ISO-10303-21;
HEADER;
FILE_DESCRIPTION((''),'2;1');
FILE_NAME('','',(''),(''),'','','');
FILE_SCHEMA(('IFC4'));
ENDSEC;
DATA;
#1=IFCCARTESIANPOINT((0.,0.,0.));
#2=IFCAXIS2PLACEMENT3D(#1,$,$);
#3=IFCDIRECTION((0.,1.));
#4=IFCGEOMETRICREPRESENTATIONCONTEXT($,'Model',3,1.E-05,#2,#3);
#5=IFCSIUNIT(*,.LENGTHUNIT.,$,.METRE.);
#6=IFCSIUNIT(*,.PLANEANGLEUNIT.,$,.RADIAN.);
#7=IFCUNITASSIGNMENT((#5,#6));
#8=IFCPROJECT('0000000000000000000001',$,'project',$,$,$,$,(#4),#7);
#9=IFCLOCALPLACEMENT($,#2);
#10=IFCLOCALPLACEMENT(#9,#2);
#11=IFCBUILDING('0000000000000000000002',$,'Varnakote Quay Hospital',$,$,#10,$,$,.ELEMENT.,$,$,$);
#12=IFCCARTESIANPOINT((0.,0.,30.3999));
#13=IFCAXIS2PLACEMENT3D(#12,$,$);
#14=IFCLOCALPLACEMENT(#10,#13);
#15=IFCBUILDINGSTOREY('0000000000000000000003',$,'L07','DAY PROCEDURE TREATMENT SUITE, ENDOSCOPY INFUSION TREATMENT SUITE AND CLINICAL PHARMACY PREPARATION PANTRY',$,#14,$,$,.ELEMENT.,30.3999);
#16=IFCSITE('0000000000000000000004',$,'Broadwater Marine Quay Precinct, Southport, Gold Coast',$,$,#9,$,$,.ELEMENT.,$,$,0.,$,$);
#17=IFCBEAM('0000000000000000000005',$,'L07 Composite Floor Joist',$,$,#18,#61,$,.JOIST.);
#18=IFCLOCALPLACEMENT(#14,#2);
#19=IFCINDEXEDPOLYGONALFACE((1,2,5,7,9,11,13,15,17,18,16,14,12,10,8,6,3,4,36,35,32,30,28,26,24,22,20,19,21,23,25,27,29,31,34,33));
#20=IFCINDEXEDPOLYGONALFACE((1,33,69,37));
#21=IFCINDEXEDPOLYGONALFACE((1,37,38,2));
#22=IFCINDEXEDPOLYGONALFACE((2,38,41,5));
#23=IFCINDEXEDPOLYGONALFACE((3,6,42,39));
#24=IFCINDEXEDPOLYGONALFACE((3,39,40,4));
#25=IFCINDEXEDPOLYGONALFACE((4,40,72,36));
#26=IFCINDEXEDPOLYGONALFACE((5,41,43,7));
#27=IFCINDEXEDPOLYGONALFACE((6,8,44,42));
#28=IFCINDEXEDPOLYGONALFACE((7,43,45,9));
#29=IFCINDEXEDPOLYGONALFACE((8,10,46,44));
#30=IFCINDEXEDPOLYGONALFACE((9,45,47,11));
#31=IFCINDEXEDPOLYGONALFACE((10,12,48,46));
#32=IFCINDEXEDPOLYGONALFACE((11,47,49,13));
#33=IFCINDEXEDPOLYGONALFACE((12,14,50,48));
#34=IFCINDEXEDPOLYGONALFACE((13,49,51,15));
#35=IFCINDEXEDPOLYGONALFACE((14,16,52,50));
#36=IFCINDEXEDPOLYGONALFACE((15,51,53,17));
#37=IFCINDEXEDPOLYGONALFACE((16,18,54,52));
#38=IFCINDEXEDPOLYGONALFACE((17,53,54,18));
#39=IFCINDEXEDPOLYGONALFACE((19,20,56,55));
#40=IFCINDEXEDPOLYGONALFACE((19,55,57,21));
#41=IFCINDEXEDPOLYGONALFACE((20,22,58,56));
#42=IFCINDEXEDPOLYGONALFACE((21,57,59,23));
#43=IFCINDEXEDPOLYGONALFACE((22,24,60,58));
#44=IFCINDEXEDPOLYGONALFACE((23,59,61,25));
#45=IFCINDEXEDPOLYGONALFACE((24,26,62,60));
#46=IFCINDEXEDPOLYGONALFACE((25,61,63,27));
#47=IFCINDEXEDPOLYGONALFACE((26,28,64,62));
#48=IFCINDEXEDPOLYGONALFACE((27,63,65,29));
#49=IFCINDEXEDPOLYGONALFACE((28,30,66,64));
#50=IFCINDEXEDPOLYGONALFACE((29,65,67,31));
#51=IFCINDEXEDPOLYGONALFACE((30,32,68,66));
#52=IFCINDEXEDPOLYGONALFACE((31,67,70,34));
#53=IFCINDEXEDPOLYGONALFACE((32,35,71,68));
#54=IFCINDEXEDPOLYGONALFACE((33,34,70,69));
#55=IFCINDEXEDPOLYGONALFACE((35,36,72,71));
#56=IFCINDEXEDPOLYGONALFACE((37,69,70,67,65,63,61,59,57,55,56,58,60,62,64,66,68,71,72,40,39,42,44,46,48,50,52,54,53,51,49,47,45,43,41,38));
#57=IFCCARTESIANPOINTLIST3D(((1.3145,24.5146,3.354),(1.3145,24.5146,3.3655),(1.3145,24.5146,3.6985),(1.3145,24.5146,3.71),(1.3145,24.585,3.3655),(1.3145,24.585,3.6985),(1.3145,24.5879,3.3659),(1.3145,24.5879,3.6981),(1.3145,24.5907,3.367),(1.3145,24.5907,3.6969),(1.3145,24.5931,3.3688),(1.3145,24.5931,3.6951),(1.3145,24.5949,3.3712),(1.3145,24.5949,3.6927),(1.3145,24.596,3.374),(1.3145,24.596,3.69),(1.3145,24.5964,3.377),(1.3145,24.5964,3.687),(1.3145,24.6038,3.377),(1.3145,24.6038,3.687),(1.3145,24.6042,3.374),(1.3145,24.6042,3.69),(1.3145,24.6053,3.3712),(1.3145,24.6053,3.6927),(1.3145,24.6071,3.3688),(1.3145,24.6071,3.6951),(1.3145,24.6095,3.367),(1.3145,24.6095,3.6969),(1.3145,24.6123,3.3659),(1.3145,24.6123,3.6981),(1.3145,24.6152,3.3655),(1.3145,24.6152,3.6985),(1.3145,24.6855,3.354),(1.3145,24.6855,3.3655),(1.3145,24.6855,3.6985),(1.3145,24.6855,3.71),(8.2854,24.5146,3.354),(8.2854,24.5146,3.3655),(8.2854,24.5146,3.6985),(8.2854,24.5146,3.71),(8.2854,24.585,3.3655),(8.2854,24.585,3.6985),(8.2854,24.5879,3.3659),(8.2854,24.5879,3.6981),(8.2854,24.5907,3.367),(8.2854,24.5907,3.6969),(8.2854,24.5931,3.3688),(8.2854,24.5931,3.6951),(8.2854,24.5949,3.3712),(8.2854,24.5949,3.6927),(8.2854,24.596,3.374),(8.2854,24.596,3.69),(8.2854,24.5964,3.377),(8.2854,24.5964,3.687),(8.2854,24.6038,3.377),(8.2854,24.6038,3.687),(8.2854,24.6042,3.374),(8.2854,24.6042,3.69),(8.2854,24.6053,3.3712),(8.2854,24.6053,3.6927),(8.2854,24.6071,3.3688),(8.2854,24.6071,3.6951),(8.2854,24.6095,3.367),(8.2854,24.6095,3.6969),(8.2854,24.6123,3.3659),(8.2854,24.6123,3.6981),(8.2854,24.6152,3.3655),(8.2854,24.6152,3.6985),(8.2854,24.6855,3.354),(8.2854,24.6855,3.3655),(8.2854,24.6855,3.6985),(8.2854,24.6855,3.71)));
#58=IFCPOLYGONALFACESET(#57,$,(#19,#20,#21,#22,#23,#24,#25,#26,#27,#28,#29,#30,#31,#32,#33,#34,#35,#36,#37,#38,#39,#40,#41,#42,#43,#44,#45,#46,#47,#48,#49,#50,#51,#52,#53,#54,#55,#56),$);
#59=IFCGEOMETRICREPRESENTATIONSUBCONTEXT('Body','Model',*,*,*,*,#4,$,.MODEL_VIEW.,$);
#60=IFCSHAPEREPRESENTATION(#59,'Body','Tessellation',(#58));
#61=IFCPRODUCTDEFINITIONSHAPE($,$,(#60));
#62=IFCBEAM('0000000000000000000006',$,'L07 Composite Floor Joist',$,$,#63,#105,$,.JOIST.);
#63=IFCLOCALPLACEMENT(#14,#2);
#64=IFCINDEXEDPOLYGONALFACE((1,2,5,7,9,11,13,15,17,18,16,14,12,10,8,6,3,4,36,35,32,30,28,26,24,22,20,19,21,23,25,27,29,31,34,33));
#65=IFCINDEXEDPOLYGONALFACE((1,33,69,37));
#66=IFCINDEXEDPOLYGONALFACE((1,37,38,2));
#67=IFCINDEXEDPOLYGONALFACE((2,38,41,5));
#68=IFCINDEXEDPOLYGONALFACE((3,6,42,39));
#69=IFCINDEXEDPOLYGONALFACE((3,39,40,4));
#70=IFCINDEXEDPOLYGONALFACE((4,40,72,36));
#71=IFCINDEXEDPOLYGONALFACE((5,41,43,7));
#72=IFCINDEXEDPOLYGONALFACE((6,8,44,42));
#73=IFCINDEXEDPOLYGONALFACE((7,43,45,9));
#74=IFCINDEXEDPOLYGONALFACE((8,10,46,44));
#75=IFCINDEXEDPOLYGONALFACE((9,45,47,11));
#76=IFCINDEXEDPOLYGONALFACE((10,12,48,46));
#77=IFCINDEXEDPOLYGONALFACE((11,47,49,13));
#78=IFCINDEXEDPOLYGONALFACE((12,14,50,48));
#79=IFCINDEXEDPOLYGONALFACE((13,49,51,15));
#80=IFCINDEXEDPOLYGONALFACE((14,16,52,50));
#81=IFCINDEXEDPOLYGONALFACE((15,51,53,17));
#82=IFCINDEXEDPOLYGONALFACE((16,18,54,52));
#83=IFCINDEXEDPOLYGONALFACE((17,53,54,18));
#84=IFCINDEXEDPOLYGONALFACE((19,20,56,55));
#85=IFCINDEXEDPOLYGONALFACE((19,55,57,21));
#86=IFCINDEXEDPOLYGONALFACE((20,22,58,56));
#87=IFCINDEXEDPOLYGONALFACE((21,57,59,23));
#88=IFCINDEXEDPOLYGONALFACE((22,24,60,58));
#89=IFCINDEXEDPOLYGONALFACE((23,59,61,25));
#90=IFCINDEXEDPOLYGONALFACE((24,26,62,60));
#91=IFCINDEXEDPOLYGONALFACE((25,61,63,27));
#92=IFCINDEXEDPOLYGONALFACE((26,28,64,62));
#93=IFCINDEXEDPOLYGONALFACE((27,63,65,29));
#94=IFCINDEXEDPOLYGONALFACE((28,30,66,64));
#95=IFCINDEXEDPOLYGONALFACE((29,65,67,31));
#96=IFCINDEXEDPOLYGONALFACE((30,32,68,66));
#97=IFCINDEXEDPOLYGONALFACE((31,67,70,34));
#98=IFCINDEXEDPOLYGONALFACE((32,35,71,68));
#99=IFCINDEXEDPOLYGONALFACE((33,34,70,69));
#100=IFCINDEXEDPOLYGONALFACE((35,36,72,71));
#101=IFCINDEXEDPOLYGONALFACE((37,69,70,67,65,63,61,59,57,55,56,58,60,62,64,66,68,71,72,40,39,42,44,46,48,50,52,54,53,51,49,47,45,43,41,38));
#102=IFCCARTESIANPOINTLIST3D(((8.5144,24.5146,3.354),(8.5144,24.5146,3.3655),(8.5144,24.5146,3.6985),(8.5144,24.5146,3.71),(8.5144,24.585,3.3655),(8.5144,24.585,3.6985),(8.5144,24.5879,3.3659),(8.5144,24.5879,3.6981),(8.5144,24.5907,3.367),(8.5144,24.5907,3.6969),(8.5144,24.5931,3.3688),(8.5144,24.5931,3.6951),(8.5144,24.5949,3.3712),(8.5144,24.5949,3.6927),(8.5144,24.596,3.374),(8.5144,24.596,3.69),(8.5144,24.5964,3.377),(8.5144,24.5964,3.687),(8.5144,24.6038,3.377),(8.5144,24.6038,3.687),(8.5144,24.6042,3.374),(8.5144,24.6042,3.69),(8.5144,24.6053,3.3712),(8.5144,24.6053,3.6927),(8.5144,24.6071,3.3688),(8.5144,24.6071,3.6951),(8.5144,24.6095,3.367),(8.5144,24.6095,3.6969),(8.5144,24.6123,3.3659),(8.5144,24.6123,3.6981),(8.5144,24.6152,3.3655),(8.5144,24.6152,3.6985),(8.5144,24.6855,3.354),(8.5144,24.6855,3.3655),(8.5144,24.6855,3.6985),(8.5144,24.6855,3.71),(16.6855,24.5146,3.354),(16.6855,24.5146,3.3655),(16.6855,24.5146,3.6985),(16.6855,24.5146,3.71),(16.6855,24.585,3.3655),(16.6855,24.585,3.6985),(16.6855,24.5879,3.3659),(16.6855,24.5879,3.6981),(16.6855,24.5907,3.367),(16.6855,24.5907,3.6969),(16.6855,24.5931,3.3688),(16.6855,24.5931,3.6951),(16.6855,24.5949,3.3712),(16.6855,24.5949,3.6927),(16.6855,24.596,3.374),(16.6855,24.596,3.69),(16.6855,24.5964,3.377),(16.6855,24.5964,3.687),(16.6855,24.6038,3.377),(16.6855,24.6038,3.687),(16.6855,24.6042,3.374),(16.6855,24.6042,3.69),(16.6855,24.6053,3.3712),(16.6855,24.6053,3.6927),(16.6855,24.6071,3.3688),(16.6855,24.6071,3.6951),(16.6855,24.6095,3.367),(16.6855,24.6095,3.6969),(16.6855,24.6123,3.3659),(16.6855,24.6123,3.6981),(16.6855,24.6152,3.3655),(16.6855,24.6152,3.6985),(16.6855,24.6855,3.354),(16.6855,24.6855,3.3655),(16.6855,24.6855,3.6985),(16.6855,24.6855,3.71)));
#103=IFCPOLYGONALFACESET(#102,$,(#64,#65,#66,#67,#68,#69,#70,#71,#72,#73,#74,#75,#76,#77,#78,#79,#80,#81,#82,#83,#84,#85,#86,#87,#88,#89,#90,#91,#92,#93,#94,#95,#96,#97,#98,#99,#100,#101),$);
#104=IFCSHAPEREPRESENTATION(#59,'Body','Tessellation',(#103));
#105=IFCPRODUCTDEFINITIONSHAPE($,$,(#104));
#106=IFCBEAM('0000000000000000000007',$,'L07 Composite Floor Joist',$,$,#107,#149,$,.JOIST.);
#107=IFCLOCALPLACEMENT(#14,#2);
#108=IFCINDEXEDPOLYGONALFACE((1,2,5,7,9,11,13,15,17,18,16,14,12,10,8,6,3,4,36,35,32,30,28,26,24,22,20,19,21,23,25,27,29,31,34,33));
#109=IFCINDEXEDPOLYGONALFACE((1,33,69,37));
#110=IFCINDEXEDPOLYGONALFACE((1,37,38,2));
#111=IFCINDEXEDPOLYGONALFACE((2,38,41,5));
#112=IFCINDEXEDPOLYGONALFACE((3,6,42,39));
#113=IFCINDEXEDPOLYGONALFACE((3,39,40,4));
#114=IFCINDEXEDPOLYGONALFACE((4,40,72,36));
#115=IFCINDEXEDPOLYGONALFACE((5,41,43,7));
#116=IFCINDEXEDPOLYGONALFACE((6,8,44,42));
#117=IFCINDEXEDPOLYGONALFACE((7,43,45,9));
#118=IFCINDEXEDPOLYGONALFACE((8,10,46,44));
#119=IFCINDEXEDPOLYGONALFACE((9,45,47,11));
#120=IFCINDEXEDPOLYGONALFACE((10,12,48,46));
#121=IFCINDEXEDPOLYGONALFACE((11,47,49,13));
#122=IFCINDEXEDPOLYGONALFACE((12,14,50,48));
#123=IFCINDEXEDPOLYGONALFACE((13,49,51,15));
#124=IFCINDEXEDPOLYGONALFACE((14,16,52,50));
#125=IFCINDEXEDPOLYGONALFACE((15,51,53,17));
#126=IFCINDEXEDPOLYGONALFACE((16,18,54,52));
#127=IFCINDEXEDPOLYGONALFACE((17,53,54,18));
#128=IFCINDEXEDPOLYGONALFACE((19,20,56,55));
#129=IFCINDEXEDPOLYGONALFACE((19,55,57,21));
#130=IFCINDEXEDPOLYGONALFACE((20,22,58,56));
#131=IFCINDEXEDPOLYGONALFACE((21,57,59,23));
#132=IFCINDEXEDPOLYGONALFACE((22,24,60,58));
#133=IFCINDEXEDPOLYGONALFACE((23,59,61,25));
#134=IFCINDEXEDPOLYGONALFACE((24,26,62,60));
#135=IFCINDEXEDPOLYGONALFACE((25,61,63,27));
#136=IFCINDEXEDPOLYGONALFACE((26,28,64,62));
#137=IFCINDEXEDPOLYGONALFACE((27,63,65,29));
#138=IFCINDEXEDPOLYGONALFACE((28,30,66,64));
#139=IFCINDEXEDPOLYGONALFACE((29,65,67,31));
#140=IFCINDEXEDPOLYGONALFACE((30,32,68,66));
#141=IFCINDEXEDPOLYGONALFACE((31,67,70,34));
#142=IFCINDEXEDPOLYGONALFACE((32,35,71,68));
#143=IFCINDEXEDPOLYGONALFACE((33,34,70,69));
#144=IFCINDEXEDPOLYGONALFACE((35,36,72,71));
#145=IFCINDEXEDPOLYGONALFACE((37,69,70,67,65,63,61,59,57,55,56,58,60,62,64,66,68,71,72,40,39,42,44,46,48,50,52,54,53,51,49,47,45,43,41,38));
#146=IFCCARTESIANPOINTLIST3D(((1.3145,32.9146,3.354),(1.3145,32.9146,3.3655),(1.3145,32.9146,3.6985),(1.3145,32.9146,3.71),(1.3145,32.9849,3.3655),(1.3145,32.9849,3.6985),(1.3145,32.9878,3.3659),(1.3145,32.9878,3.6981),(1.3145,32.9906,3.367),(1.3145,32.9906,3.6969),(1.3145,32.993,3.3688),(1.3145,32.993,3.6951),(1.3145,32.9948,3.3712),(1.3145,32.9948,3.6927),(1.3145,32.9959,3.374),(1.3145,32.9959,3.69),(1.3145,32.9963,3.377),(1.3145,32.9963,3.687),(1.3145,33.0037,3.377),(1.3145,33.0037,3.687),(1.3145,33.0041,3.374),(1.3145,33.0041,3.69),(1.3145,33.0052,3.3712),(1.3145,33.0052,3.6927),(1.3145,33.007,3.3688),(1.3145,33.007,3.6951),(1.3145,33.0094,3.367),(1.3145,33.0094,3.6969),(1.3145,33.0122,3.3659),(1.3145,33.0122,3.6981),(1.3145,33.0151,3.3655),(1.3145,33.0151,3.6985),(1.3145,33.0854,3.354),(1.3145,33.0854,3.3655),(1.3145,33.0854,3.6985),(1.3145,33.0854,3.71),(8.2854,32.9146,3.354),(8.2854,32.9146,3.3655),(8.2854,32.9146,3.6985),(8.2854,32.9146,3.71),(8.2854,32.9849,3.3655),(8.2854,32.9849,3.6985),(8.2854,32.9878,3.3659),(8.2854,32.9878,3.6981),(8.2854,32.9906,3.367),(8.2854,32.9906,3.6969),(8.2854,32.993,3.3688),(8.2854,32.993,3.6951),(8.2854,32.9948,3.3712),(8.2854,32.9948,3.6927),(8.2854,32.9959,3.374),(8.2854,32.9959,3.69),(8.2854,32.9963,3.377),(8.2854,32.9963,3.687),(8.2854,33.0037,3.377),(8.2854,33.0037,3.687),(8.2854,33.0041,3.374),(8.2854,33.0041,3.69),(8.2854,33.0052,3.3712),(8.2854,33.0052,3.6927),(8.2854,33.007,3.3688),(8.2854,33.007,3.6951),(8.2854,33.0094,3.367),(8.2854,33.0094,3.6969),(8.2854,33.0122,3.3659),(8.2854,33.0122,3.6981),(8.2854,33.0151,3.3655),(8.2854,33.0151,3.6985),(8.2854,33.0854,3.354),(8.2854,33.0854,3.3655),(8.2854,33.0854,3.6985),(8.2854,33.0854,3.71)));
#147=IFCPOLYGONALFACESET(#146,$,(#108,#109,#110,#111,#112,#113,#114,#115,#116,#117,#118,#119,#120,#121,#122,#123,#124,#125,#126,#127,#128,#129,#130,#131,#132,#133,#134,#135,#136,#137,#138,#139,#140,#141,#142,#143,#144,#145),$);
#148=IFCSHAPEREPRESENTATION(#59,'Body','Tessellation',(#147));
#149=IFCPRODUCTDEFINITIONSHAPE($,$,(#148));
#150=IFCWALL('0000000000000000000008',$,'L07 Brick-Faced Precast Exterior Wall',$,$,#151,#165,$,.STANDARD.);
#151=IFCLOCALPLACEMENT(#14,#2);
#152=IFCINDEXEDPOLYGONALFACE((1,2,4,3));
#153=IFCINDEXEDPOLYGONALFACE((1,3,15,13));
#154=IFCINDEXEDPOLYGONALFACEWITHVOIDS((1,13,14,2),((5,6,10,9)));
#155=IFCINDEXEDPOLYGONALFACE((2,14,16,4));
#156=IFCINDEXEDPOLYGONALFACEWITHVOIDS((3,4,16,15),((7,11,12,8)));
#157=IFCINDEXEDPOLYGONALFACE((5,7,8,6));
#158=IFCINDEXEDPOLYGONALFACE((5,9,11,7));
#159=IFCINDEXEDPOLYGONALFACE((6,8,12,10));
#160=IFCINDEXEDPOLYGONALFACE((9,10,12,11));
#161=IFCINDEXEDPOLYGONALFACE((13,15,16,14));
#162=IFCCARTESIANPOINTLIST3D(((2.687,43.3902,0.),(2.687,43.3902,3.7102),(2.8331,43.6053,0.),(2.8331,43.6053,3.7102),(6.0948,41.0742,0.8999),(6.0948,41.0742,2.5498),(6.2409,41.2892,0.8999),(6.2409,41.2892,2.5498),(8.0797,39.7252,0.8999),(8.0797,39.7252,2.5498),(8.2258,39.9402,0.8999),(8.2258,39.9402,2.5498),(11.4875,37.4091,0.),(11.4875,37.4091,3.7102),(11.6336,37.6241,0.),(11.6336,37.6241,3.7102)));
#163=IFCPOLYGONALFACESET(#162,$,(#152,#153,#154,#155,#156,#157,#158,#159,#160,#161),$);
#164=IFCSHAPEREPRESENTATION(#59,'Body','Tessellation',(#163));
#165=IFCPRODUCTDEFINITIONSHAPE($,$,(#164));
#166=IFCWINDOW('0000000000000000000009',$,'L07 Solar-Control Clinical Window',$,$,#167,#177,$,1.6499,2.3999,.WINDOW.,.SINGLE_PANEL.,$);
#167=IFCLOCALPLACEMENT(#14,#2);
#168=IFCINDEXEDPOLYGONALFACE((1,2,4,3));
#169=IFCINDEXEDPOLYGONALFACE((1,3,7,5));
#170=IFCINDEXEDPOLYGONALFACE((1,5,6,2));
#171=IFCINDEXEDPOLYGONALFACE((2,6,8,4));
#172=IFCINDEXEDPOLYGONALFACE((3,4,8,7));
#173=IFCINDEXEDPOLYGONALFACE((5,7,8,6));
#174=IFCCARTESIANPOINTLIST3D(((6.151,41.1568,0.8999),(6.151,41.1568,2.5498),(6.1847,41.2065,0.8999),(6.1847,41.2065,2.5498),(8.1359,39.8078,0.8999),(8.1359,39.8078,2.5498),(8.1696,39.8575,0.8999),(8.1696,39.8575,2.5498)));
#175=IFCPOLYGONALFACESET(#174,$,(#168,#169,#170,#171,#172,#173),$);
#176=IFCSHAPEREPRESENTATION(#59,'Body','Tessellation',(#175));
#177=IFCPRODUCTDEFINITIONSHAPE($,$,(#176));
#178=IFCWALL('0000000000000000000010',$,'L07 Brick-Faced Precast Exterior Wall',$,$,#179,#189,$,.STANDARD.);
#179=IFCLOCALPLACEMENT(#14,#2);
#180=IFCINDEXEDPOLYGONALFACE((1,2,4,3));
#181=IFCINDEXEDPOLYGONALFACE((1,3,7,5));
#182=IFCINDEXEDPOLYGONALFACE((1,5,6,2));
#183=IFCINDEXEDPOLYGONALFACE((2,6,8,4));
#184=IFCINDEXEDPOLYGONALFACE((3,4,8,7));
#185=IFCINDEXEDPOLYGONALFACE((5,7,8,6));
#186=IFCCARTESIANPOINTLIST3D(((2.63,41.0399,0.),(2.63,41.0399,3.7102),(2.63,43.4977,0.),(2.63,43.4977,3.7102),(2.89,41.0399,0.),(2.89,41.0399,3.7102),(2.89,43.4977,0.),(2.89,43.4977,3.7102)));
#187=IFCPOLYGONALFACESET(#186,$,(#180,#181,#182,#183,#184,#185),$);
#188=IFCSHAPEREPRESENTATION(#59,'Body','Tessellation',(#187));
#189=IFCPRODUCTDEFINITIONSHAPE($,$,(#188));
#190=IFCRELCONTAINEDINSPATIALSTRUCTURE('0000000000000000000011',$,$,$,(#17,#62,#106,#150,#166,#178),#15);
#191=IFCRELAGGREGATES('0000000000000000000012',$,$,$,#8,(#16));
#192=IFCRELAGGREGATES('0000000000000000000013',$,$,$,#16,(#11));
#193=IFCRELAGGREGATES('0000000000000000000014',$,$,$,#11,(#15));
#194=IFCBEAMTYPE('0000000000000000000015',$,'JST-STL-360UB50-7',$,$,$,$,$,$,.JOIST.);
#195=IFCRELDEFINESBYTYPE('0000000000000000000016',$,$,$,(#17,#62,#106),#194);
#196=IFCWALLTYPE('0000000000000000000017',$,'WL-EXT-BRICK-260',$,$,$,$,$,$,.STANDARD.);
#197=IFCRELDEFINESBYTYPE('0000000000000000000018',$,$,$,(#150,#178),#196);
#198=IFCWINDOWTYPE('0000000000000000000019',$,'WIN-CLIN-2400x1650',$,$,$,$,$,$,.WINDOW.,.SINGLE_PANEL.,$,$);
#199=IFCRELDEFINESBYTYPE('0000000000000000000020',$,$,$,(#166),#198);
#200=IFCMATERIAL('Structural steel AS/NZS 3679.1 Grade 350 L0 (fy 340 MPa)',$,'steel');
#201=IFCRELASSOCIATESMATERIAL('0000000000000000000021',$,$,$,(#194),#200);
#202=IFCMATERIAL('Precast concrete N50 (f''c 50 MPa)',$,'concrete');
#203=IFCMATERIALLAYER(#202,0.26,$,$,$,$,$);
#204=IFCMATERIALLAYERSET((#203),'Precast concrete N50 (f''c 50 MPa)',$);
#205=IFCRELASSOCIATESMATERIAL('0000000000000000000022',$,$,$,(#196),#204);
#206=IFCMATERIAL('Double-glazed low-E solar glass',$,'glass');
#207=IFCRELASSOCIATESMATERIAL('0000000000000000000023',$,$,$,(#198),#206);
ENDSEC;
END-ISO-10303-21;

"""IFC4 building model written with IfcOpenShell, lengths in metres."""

from ifc_helpers import new_model, si_unit, direction, frame, frame_2d, origin, origin_2d, place, context, subcontext, project, spatial, rectangle, i_section, extrude, material, layer, layer_set, material_profile, profile_set, type_object, element, fill, save


model = new_model("IFC4")

# Units and contexts
model_context = context("Model", 3, precision=1e-05, world=origin(), true_north=direction((0.0, 1.0)))
body_context = subcontext(model_context, "Body", "Model", "MODEL_VIEW")
ifc_project = project(units=[si_unit("LENGTHUNIT", "METRE"), si_unit("PLANEANGLEUNIT", "RADIAN")], contexts=[model_context])

# Site, building, storey
site_placement = place(None, origin())
site = spatial("IfcSite", under=ifc_project, at=site_placement, Name="Broadwater Marine Quay Precinct, Southport, Gold Coast", CompositionType="ELEMENT", RefElevation=0.0)
building_placement = place(site_placement, origin())
building = spatial("IfcBuilding", under=site, at=building_placement, Name="Varnakote Quay Hospital", CompositionType="ELEMENT")
storey_placement = place(building_placement, frame((0.0, 0.0, 30.3999)))
storey = spatial("IfcBuildingStorey", under=building, at=storey_placement, Name="L07", Description="DAY PROCEDURE TREATMENT SUITE, ENDOSCOPY INFUSION TREATMENT SUITE AND CLINICAL PHARMACY PREPARATION PANTRY", CompositionType="ELEMENT", Elevation=30.3999)

# Beams
ifc_material_1 = material(Name="Structural steel AS/NZS 3679.1 Grade 350 L0 (fy 340 MPa)", Category="steel")
ifc_material_profile_1 = material_profile(ifc_material_1, i_section(OverallWidth=0.1709, OverallDepth=0.356, WebThickness=0.0073, FlangeThickness=0.0115, FilletRadius=0.0115, at=origin_2d()), Name="360UB50.7")
ifc_profile_set_1 = profile_set([ifc_material_profile_1], Name="Structural steel AS/NZS 3679.1 Grade 350 L0 (fy 340 MPa)")
beam_type_1 = type_object("IfcBeamType", Name="JST-STL-360UB50-7", PredefinedType="JOIST", material=ifc_profile_set_1)
beam_1_placement = place(storey_placement, frame((1.3145, 24.6001, 3.532), z_axis=(1.0, 0.0, 0.0), x_axis=(0.0, 1.0, 0.0)))
element("IfcBeam", 1, at=beam_1_placement, inside=storey, type_object=beam_type_1, Name="L07 Composite Floor Joist", PredefinedType="JOIST", context=body_context, shape_type="SweptSolid", body=[
    extrude(i_section(OverallWidth=0.1709, OverallDepth=0.356, WebThickness=0.0073, FlangeThickness=0.0115, FilletRadius=0.0115, at=origin_2d()), origin(), (0.0, 0.0, 1.0), 6.9709),
])
beam_2_placement = place(storey_placement, frame((8.5144, 24.6001, 3.532), z_axis=(1.0, 0.0, 0.0), x_axis=(0.0, 1.0, 0.0)))
element("IfcBeam", 2, at=beam_2_placement, inside=storey, type_object=beam_type_1, Name="L07 Composite Floor Joist", PredefinedType="JOIST", context=body_context, shape_type="SweptSolid", body=[
    extrude(i_section(OverallWidth=0.1709, OverallDepth=0.356, WebThickness=0.0073, FlangeThickness=0.0115, FilletRadius=0.0115, at=origin_2d()), origin(), (0.0, 0.0, 1.0), 8.1711),
])
beam_3_placement = place(storey_placement, frame((1.3145, 33.0, 3.532), z_axis=(1.0, 0.0, 0.0), x_axis=(0.0, 1.0, 0.0)))
element("IfcBeam", 3, at=beam_3_placement, inside=storey, type_object=beam_type_1, Name="L07 Composite Floor Joist", PredefinedType="JOIST", context=body_context, shape_type="SweptSolid", body=[
    extrude(i_section(OverallWidth=0.1709, OverallDepth=0.356, WebThickness=0.0073, FlangeThickness=0.0115, FilletRadius=0.0115, at=origin_2d()), origin(), (0.0, 0.0, 1.0), 6.9709),
])

# Wall, opening, window
ifc_material_2 = material(Name="Precast concrete N50 (f'c 50 MPa)", Category="concrete")
ifc_layer = layer(ifc_material_2, 0.26)
ifc_layer_set = layer_set([ifc_layer], Name="Precast concrete N50 (f'c 50 MPa)")
wall_type = type_object("IfcWallType", Name="WL-EXT-BRICK-260", PredefinedType="STANDARD", material=ifc_layer_set)
wall_1_placement = place(storey_placement, frame((11.5605, 37.5166, 0.0), z_axis=(0.0, 0.0, 1.0), x_axis=(-0.827065, 0.562107, 0.0)))
wall_1 = element("IfcWall", 4, at=wall_1_placement, inside=storey, type_object=wall_type, Name="L07 Brick-Faced Precast Exterior Wall", PredefinedType="STANDARD", context=body_context, shape_type="SweptSolid", body=[
    extrude(rectangle(XDim=10.6406, YDim=0.26, at=frame_2d((5.3203, 0.0))), origin(), (0.0, 0.0, 1.0), 3.7102),
])
opening_1_placement = place(wall_1_placement, frame((4.1204, 0.0, 0.8999)))
opening_1 = element("IfcOpeningElement", 5, at=opening_1_placement, cuts=wall_1, PredefinedType="OPENING", context=body_context, shape_type="SweptSolid", body=[
    extrude(rectangle(XDim=2.3999, YDim=1.6499, at=frame_2d((1.2, 0.825))), frame((0.0, 0.1399, 0.0), z_axis=(0.0, -1.0, 0.0), x_axis=(1.0, 0.0, 0.0)), (0.0, 0.0, 1.0), 0.28),
])
ifc_material_3 = material(Name="Double-glazed low-E solar glass", Category="glass")
window_type = type_object("IfcWindowType", Name="WIN-CLIN-2400x1650", PartitioningType="SINGLE_PANEL", PredefinedType="WINDOW", material=ifc_material_3)
window_1_placement = place(opening_1_placement, origin())
window_1 = element("IfcWindow", 6, at=window_1_placement, inside=storey, type_object=window_type, Name="L07 Solar-Control Clinical Window", OverallHeight=1.6499, OverallWidth=2.3999, PartitioningType="SINGLE_PANEL", PredefinedType="WINDOW", context=body_context, shape_type="SweptSolid", body=[
    extrude(rectangle(XDim=2.3999, YDim=1.6499, at=frame_2d((1.2, 0.825))), frame((0.0, 0.03, 0.0), z_axis=(0.0, -1.0, 0.0), x_axis=(1.0, 0.0, 0.0)), (0.0, 0.0, 1.0), 0.0601),
])
fill(opening_1, window_1)

# Wall
wall_2_placement = place(storey_placement, frame((2.76, 43.4978, 0.0), z_axis=(0.0, 0.0, 1.0), x_axis=(0.0, -1.0, 0.0)))
element("IfcWall", 7, at=wall_2_placement, inside=storey, type_object=wall_type, Name="L07 Brick-Faced Precast Exterior Wall", PredefinedType="STANDARD", context=body_context, shape_type="SweptSolid", body=[
    extrude(rectangle(XDim=2.4578, YDim=0.26, at=frame_2d((1.229, 0.0))), origin(), (0.0, 0.0, 1.0), 3.7102),
])

save(model, "model.ifc")
